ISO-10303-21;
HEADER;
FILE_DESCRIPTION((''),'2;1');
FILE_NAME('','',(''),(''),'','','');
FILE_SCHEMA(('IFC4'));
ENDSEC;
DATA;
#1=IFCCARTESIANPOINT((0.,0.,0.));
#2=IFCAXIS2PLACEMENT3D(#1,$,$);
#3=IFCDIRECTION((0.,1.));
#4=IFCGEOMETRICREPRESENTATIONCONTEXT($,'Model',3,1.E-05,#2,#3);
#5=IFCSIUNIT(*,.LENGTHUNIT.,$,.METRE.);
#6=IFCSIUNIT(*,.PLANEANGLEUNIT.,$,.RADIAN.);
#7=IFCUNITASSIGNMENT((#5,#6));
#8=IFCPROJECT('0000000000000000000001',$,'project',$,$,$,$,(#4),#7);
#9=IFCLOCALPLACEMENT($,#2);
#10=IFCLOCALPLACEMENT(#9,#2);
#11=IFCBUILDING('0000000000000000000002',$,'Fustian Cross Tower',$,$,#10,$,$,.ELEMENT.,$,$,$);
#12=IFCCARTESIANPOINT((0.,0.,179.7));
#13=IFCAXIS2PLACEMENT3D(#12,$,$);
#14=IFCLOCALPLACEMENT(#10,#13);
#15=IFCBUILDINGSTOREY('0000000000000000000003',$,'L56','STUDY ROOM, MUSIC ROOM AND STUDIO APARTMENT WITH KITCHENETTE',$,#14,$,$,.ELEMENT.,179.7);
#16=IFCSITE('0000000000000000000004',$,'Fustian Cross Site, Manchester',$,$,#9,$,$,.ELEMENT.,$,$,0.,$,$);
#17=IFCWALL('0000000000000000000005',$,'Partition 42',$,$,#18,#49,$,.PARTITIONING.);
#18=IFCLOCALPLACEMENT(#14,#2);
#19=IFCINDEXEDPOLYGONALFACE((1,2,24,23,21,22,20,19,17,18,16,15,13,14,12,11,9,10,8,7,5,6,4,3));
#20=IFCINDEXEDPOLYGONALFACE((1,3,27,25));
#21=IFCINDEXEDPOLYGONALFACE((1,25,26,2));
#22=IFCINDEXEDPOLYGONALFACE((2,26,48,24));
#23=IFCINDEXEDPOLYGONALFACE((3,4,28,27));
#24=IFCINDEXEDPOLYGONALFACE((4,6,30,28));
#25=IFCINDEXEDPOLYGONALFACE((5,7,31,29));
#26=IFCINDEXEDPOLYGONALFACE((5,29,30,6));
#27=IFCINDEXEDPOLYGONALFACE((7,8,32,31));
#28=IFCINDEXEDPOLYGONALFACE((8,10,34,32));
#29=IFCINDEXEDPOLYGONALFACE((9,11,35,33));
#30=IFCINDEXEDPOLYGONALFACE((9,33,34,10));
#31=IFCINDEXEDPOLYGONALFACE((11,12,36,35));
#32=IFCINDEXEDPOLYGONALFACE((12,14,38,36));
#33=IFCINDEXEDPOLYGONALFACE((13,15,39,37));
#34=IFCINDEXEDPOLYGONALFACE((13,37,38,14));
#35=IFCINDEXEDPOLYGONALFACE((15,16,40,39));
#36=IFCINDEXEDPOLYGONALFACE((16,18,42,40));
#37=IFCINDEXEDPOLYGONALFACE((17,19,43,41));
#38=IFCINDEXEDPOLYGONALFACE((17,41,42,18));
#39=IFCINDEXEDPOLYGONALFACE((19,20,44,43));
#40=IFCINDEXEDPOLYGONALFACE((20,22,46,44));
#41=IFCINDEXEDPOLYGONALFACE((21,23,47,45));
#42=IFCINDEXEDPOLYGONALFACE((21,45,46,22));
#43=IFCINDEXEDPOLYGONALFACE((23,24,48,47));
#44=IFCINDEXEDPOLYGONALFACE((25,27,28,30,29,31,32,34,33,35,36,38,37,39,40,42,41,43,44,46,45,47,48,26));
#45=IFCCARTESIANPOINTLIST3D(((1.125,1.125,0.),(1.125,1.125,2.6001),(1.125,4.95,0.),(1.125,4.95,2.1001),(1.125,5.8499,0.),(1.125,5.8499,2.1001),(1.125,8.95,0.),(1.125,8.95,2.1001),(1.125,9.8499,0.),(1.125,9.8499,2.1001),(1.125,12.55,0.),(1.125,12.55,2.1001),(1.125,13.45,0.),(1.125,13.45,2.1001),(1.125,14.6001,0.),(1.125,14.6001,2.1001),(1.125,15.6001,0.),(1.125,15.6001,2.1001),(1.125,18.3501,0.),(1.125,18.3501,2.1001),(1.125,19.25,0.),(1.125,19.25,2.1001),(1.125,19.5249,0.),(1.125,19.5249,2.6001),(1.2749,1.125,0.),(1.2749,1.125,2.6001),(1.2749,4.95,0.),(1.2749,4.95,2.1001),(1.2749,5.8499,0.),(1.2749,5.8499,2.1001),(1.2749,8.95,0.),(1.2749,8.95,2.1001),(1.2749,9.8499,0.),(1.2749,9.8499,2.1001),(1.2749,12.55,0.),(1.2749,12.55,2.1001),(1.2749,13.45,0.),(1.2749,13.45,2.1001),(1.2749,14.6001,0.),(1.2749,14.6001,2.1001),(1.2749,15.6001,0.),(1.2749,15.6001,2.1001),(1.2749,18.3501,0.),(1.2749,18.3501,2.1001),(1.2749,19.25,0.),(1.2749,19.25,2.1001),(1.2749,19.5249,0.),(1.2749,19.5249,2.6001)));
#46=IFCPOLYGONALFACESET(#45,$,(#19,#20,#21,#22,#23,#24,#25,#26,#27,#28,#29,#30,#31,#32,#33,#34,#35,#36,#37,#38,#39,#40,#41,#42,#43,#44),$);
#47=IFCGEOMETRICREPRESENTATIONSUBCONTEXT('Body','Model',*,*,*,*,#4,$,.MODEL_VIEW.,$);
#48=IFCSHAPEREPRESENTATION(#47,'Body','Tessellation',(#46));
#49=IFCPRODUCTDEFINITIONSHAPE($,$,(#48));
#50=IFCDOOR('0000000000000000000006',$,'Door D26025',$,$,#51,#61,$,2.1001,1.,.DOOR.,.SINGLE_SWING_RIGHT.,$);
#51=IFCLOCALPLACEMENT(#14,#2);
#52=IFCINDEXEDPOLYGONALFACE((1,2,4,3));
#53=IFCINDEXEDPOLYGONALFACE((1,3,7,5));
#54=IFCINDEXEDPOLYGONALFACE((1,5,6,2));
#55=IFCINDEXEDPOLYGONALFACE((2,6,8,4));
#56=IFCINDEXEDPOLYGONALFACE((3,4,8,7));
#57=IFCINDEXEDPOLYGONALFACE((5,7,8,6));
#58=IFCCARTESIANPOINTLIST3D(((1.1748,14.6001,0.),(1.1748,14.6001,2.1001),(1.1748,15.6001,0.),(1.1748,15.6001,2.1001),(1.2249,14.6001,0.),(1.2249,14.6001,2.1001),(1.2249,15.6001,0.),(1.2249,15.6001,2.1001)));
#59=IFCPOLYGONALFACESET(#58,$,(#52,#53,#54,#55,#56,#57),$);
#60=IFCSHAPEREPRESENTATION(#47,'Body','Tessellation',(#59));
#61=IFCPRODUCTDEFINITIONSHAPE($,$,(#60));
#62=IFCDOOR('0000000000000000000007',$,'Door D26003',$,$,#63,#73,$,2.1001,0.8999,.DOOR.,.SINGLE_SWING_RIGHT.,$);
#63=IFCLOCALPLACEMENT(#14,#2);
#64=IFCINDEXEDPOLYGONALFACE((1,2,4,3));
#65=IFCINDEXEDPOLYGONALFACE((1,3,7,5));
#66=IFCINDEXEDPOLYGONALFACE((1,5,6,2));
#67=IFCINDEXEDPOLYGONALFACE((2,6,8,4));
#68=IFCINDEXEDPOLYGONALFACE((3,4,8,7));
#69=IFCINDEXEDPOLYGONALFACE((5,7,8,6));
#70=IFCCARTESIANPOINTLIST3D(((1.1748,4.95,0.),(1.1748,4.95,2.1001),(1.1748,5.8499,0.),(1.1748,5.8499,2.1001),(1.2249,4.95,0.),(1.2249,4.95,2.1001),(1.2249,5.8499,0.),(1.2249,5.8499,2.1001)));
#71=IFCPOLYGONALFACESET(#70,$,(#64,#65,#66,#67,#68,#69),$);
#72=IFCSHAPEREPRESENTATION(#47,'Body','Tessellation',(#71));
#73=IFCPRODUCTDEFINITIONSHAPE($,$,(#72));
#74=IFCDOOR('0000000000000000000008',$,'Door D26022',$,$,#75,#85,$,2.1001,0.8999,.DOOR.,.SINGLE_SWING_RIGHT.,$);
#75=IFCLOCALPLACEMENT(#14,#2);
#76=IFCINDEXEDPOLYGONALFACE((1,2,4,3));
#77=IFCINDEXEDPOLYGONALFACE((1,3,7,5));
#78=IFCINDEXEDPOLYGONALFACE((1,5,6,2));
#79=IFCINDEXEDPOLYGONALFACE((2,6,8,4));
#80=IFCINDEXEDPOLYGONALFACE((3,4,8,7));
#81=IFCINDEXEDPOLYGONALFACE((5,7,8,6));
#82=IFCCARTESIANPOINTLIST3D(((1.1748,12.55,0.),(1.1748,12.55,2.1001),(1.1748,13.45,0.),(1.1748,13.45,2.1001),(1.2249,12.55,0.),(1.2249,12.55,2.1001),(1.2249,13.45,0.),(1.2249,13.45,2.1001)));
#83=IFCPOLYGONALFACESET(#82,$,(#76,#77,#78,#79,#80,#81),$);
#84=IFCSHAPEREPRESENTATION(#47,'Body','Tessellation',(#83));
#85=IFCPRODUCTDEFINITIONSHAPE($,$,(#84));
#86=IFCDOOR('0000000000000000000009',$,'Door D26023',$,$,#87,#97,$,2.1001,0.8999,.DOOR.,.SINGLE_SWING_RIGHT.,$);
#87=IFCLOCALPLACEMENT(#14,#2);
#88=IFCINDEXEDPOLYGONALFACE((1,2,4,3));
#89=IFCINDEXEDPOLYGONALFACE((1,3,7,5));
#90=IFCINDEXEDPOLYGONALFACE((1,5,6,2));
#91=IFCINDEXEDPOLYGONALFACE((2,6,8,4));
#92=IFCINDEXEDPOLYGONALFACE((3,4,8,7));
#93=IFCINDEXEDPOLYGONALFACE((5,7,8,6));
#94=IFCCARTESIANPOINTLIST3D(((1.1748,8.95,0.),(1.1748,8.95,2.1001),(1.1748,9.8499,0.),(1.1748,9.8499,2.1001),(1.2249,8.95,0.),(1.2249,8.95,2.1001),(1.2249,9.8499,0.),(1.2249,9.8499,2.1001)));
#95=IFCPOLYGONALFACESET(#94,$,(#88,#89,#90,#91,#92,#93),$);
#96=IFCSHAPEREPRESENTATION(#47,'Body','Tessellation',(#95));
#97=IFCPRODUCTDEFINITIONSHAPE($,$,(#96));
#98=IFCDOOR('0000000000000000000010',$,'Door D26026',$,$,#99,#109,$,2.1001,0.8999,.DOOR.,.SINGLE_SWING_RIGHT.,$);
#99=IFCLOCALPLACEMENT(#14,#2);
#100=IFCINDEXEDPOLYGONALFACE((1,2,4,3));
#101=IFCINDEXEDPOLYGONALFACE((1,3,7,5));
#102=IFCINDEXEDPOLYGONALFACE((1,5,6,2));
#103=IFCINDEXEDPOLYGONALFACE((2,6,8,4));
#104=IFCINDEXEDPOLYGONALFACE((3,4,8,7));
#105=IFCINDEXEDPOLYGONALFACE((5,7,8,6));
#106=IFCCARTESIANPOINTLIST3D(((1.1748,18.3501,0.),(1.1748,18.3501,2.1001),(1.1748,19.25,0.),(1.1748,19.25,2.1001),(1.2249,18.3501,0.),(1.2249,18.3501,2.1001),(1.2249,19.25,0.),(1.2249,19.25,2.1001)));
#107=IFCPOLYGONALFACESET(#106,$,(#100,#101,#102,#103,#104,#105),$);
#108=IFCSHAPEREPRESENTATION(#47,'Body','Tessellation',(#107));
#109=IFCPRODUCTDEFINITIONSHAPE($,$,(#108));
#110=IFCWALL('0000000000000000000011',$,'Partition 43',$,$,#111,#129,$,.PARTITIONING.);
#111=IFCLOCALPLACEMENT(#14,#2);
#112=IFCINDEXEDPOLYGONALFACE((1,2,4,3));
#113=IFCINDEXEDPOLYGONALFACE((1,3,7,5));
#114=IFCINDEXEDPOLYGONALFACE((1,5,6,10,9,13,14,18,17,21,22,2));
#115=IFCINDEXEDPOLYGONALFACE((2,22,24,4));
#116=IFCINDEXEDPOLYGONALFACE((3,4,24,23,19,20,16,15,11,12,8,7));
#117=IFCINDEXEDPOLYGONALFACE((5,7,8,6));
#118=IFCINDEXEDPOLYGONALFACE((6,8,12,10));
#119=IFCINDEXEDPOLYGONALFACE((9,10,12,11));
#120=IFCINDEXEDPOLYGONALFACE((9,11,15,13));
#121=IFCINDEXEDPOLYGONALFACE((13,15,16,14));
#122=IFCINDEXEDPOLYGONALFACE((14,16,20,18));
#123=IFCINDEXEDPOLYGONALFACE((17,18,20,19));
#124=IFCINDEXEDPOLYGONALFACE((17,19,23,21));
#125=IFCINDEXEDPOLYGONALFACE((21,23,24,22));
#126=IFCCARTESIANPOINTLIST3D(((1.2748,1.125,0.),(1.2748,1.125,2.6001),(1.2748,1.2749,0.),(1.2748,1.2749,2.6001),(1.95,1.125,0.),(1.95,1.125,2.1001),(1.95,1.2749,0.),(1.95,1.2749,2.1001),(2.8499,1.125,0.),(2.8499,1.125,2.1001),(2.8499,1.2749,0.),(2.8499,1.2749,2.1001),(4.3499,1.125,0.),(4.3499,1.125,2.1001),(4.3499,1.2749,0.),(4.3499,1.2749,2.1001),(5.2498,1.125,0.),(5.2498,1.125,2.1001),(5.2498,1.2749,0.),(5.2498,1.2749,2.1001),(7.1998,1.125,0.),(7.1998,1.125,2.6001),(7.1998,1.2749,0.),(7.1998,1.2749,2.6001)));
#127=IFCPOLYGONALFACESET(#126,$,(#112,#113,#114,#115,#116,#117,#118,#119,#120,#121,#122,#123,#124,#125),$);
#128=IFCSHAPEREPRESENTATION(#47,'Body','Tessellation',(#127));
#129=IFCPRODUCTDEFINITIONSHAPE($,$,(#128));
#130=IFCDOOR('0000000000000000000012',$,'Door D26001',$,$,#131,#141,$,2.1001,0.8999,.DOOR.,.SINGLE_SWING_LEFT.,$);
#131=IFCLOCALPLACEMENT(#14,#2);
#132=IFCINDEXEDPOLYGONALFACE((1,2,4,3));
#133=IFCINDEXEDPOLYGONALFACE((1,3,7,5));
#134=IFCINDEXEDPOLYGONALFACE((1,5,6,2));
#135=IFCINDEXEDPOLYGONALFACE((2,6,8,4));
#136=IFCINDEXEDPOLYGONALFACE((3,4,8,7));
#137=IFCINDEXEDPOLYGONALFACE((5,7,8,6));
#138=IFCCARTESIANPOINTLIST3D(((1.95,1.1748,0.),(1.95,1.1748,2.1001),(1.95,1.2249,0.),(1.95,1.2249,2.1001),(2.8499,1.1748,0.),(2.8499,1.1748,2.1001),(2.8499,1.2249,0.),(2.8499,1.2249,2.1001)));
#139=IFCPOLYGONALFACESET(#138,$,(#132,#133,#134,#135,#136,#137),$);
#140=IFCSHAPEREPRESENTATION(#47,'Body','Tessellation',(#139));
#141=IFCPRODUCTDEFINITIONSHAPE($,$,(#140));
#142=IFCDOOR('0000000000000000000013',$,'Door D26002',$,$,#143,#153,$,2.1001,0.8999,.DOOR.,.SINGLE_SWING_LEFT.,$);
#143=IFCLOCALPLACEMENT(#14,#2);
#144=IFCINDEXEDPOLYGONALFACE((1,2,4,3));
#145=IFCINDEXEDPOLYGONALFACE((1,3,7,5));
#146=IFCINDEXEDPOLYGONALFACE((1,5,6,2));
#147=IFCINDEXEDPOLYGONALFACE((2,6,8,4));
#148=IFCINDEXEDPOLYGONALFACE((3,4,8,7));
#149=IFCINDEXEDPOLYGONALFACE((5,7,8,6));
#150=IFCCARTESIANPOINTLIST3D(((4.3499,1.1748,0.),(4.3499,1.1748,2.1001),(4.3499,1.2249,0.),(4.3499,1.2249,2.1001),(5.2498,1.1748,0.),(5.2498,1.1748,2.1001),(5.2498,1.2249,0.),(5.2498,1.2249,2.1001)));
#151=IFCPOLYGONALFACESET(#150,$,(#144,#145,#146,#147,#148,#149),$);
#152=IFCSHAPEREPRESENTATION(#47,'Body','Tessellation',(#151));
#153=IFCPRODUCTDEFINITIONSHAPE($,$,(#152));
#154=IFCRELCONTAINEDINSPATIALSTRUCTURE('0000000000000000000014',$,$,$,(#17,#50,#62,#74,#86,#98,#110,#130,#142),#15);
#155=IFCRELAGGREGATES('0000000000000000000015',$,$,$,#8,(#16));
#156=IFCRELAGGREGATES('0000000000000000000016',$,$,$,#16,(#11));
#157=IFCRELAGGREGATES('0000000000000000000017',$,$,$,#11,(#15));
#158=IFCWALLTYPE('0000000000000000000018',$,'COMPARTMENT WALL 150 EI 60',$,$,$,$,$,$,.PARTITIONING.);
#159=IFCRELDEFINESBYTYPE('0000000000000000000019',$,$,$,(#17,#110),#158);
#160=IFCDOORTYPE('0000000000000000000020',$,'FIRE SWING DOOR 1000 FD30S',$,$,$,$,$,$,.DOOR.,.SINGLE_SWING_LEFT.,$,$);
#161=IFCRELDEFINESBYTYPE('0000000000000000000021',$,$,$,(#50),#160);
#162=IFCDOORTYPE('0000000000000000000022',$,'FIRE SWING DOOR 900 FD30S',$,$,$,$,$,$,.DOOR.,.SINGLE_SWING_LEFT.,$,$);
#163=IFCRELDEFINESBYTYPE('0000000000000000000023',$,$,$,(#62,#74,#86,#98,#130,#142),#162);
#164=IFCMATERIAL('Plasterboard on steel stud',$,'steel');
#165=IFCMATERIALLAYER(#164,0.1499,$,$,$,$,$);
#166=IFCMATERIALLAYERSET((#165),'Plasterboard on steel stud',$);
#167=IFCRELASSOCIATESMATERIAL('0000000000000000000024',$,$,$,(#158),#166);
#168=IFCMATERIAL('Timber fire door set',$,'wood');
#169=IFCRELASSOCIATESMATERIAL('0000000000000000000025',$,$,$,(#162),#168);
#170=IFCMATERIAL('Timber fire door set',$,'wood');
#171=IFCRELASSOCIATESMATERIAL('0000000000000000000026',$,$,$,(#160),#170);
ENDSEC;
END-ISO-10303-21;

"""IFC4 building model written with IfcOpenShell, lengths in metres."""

from ifc_helpers import new_model, si_unit, direction, frame, frame_2d, origin, place, context, subcontext, project, spatial, rectangle, extrude, material, layer, layer_set, type_object, element, fill, save


model = new_model("IFC4")

# Units and contexts
model_context = context("Model", 3, precision=1e-05, world=origin(), true_north=direction((0.0, 1.0)))
body_context = subcontext(model_context, "Body", "Model", "MODEL_VIEW")
ifc_project = project(units=[si_unit("LENGTHUNIT", "METRE"), si_unit("PLANEANGLEUNIT", "RADIAN")], contexts=[model_context])

# Site, building, storey
site_placement = place(None, origin())
site = spatial("IfcSite", under=ifc_project, at=site_placement, Name="Fustian Cross Site, Manchester", CompositionType="ELEMENT", RefElevation=0.0)
building_placement = place(site_placement, origin())
building = spatial("IfcBuilding", under=site, at=building_placement, Name="Fustian Cross Tower", CompositionType="ELEMENT")
storey_placement = place(building_placement, frame((0.0, 0.0, 179.7)))
storey = spatial("IfcBuildingStorey", under=building, at=storey_placement, Name="L56", Description="STUDY ROOM, MUSIC ROOM AND STUDIO APARTMENT WITH KITCHENETTE", CompositionType="ELEMENT", Elevation=179.7)

# Walls, openings, doors
ifc_material_1 = material(Name="Plasterboard on steel stud", Category="steel")
ifc_layer_1 = layer(ifc_material_1, 0.1499)
ifc_layer_set_1 = layer_set([ifc_layer_1], Name="Plasterboard on steel stud")
wall_type_1 = type_object("IfcWallType", Name="COMPARTMENT WALL 150 EI 60", PredefinedType="PARTITIONING", material=ifc_layer_set_1)
ifc_material_2 = material(Name="Timber fire door set", Category="wood")
door_type_1 = type_object("IfcDoorType", Name="FIRE SWING DOOR 900 FD30S", OperationType="SINGLE_SWING_LEFT", PredefinedType="DOOR", material=ifc_material_2)
wall_1_placement = place(storey_placement, frame((1.2, 1.125, 0.0), z_axis=(0.0, 0.0, 1.0), x_axis=(0.0, 1.0, 0.0)))
wall_1 = element("IfcWall", 1, at=wall_1_placement, inside=storey, type_object=wall_type_1, Name="Partition 42", PredefinedType="PARTITIONING", context=body_context, shape_type="SweptSolid", body=[
    extrude(rectangle(XDim=18.3999, YDim=0.1499, at=frame_2d((9.2, 0.0))), origin(), (0.0, 0.0, 1.0), 2.6001),
])
opening_1_placement = place(wall_1_placement, frame((3.825, 0.0, 0.0)))
opening_1 = element("IfcOpeningElement", 2, at=opening_1_placement, cuts=wall_1, PredefinedType="OPENING", context=body_context, shape_type="SweptSolid", body=[
    extrude(rectangle(XDim=0.8999, YDim=2.1001, at=frame_2d((0.45, 1.05))), frame((0.0, 0.085, 0.0), z_axis=(0.0, -1.0, 0.0), x_axis=(1.0, 0.0, 0.0)), (0.0, 0.0, 1.0), 0.1699),
])
opening_2_placement = place(wall_1_placement, frame((11.425, 0.0, 0.0)))
opening_2 = element("IfcOpeningElement", 3, at=opening_2_placement, cuts=wall_1, PredefinedType="OPENING", context=body_context, shape_type="SweptSolid", body=[
    extrude(rectangle(XDim=0.8999, YDim=2.1001, at=frame_2d((0.45, 1.05))), frame((0.0, 0.085, 0.0), z_axis=(0.0, -1.0, 0.0), x_axis=(1.0, 0.0, 0.0)), (0.0, 0.0, 1.0), 0.1699),
])
opening_3_placement = place(wall_1_placement, frame((7.825, 0.0, 0.0)))
opening_3 = element("IfcOpeningElement", 4, at=opening_3_placement, cuts=wall_1, PredefinedType="OPENING", context=body_context, shape_type="SweptSolid", body=[
    extrude(rectangle(XDim=0.8999, YDim=2.1001, at=frame_2d((0.45, 1.05))), frame((0.0, 0.085, 0.0), z_axis=(0.0, -1.0, 0.0), x_axis=(1.0, 0.0, 0.0)), (0.0, 0.0, 1.0), 0.1699),
])
opening_4_placement = place(wall_1_placement, frame((13.4751, 0.0, 0.0)))
opening_4 = element("IfcOpeningElement", 5, at=opening_4_placement, cuts=wall_1, PredefinedType="OPENING", context=body_context, shape_type="SweptSolid", body=[
    extrude(rectangle(XDim=1.0, YDim=2.1001, at=frame_2d((0.5, 1.05))), frame((0.0, 0.085, 0.0), z_axis=(0.0, -1.0, 0.0), x_axis=(1.0, 0.0, 0.0)), (0.0, 0.0, 1.0), 0.1699),
])
opening_5_placement = place(wall_1_placement, frame((17.2251, 0.0, 0.0)))
opening_5 = element("IfcOpeningElement", 6, at=opening_5_placement, cuts=wall_1, PredefinedType="OPENING", context=body_context, shape_type="SweptSolid", body=[
    extrude(rectangle(XDim=0.8999, YDim=2.1001, at=frame_2d((0.45, 1.05))), frame((0.0, 0.085, 0.0), z_axis=(0.0, -1.0, 0.0), x_axis=(1.0, 0.0, 0.0)), (0.0, 0.0, 1.0), 0.1699),
])
ifc_material_3 = material(Name="Timber fire door set", Category="wood")
door_type_2 = type_object("IfcDoorType", Name="FIRE SWING DOOR 1000 FD30S", OperationType="SINGLE_SWING_LEFT", PredefinedType="DOOR", material=ifc_material_3)
door_1_placement = place(opening_4_placement, frame((1.0, 0.0, 0.0), z_axis=(0.0, 0.0, 1.0), x_axis=(-1.0, 0.0, 0.0)))
door_1 = element("IfcDoor", 7, at=door_1_placement, inside=storey, type_object=door_type_2, Name="Door D26025", OperationType="SINGLE_SWING_RIGHT", OverallHeight=2.1001, OverallWidth=1.0, PredefinedType="DOOR", context=body_context, shape_type="SweptSolid", body=[
    extrude(rectangle(XDim=1.0, YDim=2.1001, at=frame_2d((0.5, 1.05))), frame((0.0, 0.0249, 0.0), z_axis=(0.0, -1.0, 0.0), x_axis=(1.0, 0.0, 0.0)), (0.0, 0.0, 1.0), 0.05),
])
fill(opening_4, door_1)
door_2_placement = place(opening_1_placement, frame((0.8999, 0.0, 0.0), z_axis=(0.0, 0.0, 1.0), x_axis=(-1.0, 0.0, 0.0)))
door_2 = element("IfcDoor", 8, at=door_2_placement, inside=storey, type_object=door_type_1, Name="Door D26003", OperationType="SINGLE_SWING_RIGHT", OverallHeight=2.1001, OverallWidth=0.8999, PredefinedType="DOOR", context=body_context, shape_type="SweptSolid", body=[
    extrude(rectangle(XDim=0.8999, YDim=2.1001, at=frame_2d((0.45, 1.05))), frame((0.0, 0.0249, 0.0), z_axis=(0.0, -1.0, 0.0), x_axis=(1.0, 0.0, 0.0)), (0.0, 0.0, 1.0), 0.05),
])
fill(opening_1, door_2)
door_3_placement = place(opening_2_placement, frame((0.8999, 0.0, 0.0), z_axis=(0.0, 0.0, 1.0), x_axis=(-1.0, 0.0, 0.0)))
door_3 = element("IfcDoor", 9, at=door_3_placement, inside=storey, type_object=door_type_1, Name="Door D26022", OperationType="SINGLE_SWING_RIGHT", OverallHeight=2.1001, OverallWidth=0.8999, PredefinedType="DOOR", context=body_context, shape_type="SweptSolid", body=[
    extrude(rectangle(XDim=0.8999, YDim=2.1001, at=frame_2d((0.45, 1.05))), frame((0.0, 0.0249, 0.0), z_axis=(0.0, -1.0, 0.0), x_axis=(1.0, 0.0, 0.0)), (0.0, 0.0, 1.0), 0.05),
])
fill(opening_2, door_3)
door_4_placement = place(opening_3_placement, frame((0.8999, 0.0, 0.0), z_axis=(0.0, 0.0, 1.0), x_axis=(-1.0, 0.0, 0.0)))
door_4 = element("IfcDoor", 10, at=door_4_placement, inside=storey, type_object=door_type_1, Name="Door D26023", OperationType="SINGLE_SWING_RIGHT", OverallHeight=2.1001, OverallWidth=0.8999, PredefinedType="DOOR", context=body_context, shape_type="SweptSolid", body=[
    extrude(rectangle(XDim=0.8999, YDim=2.1001, at=frame_2d((0.45, 1.05))), frame((0.0, 0.0249, 0.0), z_axis=(0.0, -1.0, 0.0), x_axis=(1.0, 0.0, 0.0)), (0.0, 0.0, 1.0), 0.05),
])
fill(opening_3, door_4)
door_5_placement = place(opening_5_placement, frame((0.8999, 0.0, 0.0), z_axis=(0.0, 0.0, 1.0), x_axis=(-1.0, 0.0, 0.0)))
door_5 = element("IfcDoor", 11, at=door_5_placement, inside=storey, type_object=door_type_1, Name="Door D26026", OperationType="SINGLE_SWING_RIGHT", OverallHeight=2.1001, OverallWidth=0.8999, PredefinedType="DOOR", context=body_context, shape_type="SweptSolid", body=[
    extrude(rectangle(XDim=0.8999, YDim=2.1001, at=frame_2d((0.45, 1.05))), frame((0.0, 0.0249, 0.0), z_axis=(0.0, -1.0, 0.0), x_axis=(1.0, 0.0, 0.0)), (0.0, 0.0, 1.0), 0.05),
])
fill(opening_5, door_5)
wall_2_placement = place(storey_placement, frame((1.2749, 1.2, 0.0), z_axis=(0.0, 0.0, 1.0), x_axis=(1.0, 0.0, 0.0)))
wall_2 = element("IfcWall", 12, at=wall_2_placement, inside=storey, type_object=wall_type_1, Name="Partition 43", PredefinedType="PARTITIONING", context=body_context, shape_type="SweptSolid", body=[
    extrude(rectangle(XDim=5.925, YDim=0.1499, at=frame_2d((2.9624, 0.0))), origin(), (0.0, 0.0, 1.0), 2.6001),
])
opening_6_placement = place(wall_2_placement, frame((0.675, 0.0, 0.0)))
opening_6 = element("IfcOpeningElement", 13, at=opening_6_placement, cuts=wall_2, PredefinedType="OPENING", context=body_context, shape_type="SweptSolid", body=[
    extrude(rectangle(XDim=0.8999, YDim=2.1001, at=frame_2d((0.45, 1.05))), frame((0.0, 0.085, 0.0), z_axis=(0.0, -1.0, 0.0), x_axis=(1.0, 0.0, 0.0)), (0.0, 0.0, 1.0), 0.1699),
])
opening_7_placement = place(wall_2_placement, frame((3.075, 0.0, 0.0)))
opening_7 = element("IfcOpeningElement", 14, at=opening_7_placement, cuts=wall_2, PredefinedType="OPENING", context=body_context, shape_type="SweptSolid", body=[
    extrude(rectangle(XDim=0.8999, YDim=2.1001, at=frame_2d((0.45, 1.05))), frame((0.0, 0.085, 0.0), z_axis=(0.0, -1.0, 0.0), x_axis=(1.0, 0.0, 0.0)), (0.0, 0.0, 1.0), 0.1699),
])
door_6_placement = place(opening_6_placement, origin())
door_6 = element("IfcDoor", 15, at=door_6_placement, inside=storey, type_object=door_type_1, Name="Door D26001", OperationType="SINGLE_SWING_LEFT", OverallHeight=2.1001, OverallWidth=0.8999, PredefinedType="DOOR", context=body_context, shape_type="SweptSolid", body=[
    extrude(rectangle(XDim=0.8999, YDim=2.1001, at=frame_2d((0.45, 1.05))), frame((0.0, 0.0249, 0.0), z_axis=(0.0, -1.0, 0.0), x_axis=(1.0, 0.0, 0.0)), (0.0, 0.0, 1.0), 0.05),
])
fill(opening_6, door_6)
door_7_placement = place(opening_7_placement, origin())
door_7 = element("IfcDoor", 16, at=door_7_placement, inside=storey, type_object=door_type_1, Name="Door D26002", OperationType="SINGLE_SWING_LEFT", OverallHeight=2.1001, OverallWidth=0.8999, PredefinedType="DOOR", context=body_context, shape_type="SweptSolid", body=[
    extrude(rectangle(XDim=0.8999, YDim=2.1001, at=frame_2d((0.45, 1.05))), frame((0.0, 0.0249, 0.0), z_axis=(0.0, -1.0, 0.0), x_axis=(1.0, 0.0, 0.0)), (0.0, 0.0, 1.0), 0.05),
])
fill(opening_7, door_7)

save(model, "model.ifc")
